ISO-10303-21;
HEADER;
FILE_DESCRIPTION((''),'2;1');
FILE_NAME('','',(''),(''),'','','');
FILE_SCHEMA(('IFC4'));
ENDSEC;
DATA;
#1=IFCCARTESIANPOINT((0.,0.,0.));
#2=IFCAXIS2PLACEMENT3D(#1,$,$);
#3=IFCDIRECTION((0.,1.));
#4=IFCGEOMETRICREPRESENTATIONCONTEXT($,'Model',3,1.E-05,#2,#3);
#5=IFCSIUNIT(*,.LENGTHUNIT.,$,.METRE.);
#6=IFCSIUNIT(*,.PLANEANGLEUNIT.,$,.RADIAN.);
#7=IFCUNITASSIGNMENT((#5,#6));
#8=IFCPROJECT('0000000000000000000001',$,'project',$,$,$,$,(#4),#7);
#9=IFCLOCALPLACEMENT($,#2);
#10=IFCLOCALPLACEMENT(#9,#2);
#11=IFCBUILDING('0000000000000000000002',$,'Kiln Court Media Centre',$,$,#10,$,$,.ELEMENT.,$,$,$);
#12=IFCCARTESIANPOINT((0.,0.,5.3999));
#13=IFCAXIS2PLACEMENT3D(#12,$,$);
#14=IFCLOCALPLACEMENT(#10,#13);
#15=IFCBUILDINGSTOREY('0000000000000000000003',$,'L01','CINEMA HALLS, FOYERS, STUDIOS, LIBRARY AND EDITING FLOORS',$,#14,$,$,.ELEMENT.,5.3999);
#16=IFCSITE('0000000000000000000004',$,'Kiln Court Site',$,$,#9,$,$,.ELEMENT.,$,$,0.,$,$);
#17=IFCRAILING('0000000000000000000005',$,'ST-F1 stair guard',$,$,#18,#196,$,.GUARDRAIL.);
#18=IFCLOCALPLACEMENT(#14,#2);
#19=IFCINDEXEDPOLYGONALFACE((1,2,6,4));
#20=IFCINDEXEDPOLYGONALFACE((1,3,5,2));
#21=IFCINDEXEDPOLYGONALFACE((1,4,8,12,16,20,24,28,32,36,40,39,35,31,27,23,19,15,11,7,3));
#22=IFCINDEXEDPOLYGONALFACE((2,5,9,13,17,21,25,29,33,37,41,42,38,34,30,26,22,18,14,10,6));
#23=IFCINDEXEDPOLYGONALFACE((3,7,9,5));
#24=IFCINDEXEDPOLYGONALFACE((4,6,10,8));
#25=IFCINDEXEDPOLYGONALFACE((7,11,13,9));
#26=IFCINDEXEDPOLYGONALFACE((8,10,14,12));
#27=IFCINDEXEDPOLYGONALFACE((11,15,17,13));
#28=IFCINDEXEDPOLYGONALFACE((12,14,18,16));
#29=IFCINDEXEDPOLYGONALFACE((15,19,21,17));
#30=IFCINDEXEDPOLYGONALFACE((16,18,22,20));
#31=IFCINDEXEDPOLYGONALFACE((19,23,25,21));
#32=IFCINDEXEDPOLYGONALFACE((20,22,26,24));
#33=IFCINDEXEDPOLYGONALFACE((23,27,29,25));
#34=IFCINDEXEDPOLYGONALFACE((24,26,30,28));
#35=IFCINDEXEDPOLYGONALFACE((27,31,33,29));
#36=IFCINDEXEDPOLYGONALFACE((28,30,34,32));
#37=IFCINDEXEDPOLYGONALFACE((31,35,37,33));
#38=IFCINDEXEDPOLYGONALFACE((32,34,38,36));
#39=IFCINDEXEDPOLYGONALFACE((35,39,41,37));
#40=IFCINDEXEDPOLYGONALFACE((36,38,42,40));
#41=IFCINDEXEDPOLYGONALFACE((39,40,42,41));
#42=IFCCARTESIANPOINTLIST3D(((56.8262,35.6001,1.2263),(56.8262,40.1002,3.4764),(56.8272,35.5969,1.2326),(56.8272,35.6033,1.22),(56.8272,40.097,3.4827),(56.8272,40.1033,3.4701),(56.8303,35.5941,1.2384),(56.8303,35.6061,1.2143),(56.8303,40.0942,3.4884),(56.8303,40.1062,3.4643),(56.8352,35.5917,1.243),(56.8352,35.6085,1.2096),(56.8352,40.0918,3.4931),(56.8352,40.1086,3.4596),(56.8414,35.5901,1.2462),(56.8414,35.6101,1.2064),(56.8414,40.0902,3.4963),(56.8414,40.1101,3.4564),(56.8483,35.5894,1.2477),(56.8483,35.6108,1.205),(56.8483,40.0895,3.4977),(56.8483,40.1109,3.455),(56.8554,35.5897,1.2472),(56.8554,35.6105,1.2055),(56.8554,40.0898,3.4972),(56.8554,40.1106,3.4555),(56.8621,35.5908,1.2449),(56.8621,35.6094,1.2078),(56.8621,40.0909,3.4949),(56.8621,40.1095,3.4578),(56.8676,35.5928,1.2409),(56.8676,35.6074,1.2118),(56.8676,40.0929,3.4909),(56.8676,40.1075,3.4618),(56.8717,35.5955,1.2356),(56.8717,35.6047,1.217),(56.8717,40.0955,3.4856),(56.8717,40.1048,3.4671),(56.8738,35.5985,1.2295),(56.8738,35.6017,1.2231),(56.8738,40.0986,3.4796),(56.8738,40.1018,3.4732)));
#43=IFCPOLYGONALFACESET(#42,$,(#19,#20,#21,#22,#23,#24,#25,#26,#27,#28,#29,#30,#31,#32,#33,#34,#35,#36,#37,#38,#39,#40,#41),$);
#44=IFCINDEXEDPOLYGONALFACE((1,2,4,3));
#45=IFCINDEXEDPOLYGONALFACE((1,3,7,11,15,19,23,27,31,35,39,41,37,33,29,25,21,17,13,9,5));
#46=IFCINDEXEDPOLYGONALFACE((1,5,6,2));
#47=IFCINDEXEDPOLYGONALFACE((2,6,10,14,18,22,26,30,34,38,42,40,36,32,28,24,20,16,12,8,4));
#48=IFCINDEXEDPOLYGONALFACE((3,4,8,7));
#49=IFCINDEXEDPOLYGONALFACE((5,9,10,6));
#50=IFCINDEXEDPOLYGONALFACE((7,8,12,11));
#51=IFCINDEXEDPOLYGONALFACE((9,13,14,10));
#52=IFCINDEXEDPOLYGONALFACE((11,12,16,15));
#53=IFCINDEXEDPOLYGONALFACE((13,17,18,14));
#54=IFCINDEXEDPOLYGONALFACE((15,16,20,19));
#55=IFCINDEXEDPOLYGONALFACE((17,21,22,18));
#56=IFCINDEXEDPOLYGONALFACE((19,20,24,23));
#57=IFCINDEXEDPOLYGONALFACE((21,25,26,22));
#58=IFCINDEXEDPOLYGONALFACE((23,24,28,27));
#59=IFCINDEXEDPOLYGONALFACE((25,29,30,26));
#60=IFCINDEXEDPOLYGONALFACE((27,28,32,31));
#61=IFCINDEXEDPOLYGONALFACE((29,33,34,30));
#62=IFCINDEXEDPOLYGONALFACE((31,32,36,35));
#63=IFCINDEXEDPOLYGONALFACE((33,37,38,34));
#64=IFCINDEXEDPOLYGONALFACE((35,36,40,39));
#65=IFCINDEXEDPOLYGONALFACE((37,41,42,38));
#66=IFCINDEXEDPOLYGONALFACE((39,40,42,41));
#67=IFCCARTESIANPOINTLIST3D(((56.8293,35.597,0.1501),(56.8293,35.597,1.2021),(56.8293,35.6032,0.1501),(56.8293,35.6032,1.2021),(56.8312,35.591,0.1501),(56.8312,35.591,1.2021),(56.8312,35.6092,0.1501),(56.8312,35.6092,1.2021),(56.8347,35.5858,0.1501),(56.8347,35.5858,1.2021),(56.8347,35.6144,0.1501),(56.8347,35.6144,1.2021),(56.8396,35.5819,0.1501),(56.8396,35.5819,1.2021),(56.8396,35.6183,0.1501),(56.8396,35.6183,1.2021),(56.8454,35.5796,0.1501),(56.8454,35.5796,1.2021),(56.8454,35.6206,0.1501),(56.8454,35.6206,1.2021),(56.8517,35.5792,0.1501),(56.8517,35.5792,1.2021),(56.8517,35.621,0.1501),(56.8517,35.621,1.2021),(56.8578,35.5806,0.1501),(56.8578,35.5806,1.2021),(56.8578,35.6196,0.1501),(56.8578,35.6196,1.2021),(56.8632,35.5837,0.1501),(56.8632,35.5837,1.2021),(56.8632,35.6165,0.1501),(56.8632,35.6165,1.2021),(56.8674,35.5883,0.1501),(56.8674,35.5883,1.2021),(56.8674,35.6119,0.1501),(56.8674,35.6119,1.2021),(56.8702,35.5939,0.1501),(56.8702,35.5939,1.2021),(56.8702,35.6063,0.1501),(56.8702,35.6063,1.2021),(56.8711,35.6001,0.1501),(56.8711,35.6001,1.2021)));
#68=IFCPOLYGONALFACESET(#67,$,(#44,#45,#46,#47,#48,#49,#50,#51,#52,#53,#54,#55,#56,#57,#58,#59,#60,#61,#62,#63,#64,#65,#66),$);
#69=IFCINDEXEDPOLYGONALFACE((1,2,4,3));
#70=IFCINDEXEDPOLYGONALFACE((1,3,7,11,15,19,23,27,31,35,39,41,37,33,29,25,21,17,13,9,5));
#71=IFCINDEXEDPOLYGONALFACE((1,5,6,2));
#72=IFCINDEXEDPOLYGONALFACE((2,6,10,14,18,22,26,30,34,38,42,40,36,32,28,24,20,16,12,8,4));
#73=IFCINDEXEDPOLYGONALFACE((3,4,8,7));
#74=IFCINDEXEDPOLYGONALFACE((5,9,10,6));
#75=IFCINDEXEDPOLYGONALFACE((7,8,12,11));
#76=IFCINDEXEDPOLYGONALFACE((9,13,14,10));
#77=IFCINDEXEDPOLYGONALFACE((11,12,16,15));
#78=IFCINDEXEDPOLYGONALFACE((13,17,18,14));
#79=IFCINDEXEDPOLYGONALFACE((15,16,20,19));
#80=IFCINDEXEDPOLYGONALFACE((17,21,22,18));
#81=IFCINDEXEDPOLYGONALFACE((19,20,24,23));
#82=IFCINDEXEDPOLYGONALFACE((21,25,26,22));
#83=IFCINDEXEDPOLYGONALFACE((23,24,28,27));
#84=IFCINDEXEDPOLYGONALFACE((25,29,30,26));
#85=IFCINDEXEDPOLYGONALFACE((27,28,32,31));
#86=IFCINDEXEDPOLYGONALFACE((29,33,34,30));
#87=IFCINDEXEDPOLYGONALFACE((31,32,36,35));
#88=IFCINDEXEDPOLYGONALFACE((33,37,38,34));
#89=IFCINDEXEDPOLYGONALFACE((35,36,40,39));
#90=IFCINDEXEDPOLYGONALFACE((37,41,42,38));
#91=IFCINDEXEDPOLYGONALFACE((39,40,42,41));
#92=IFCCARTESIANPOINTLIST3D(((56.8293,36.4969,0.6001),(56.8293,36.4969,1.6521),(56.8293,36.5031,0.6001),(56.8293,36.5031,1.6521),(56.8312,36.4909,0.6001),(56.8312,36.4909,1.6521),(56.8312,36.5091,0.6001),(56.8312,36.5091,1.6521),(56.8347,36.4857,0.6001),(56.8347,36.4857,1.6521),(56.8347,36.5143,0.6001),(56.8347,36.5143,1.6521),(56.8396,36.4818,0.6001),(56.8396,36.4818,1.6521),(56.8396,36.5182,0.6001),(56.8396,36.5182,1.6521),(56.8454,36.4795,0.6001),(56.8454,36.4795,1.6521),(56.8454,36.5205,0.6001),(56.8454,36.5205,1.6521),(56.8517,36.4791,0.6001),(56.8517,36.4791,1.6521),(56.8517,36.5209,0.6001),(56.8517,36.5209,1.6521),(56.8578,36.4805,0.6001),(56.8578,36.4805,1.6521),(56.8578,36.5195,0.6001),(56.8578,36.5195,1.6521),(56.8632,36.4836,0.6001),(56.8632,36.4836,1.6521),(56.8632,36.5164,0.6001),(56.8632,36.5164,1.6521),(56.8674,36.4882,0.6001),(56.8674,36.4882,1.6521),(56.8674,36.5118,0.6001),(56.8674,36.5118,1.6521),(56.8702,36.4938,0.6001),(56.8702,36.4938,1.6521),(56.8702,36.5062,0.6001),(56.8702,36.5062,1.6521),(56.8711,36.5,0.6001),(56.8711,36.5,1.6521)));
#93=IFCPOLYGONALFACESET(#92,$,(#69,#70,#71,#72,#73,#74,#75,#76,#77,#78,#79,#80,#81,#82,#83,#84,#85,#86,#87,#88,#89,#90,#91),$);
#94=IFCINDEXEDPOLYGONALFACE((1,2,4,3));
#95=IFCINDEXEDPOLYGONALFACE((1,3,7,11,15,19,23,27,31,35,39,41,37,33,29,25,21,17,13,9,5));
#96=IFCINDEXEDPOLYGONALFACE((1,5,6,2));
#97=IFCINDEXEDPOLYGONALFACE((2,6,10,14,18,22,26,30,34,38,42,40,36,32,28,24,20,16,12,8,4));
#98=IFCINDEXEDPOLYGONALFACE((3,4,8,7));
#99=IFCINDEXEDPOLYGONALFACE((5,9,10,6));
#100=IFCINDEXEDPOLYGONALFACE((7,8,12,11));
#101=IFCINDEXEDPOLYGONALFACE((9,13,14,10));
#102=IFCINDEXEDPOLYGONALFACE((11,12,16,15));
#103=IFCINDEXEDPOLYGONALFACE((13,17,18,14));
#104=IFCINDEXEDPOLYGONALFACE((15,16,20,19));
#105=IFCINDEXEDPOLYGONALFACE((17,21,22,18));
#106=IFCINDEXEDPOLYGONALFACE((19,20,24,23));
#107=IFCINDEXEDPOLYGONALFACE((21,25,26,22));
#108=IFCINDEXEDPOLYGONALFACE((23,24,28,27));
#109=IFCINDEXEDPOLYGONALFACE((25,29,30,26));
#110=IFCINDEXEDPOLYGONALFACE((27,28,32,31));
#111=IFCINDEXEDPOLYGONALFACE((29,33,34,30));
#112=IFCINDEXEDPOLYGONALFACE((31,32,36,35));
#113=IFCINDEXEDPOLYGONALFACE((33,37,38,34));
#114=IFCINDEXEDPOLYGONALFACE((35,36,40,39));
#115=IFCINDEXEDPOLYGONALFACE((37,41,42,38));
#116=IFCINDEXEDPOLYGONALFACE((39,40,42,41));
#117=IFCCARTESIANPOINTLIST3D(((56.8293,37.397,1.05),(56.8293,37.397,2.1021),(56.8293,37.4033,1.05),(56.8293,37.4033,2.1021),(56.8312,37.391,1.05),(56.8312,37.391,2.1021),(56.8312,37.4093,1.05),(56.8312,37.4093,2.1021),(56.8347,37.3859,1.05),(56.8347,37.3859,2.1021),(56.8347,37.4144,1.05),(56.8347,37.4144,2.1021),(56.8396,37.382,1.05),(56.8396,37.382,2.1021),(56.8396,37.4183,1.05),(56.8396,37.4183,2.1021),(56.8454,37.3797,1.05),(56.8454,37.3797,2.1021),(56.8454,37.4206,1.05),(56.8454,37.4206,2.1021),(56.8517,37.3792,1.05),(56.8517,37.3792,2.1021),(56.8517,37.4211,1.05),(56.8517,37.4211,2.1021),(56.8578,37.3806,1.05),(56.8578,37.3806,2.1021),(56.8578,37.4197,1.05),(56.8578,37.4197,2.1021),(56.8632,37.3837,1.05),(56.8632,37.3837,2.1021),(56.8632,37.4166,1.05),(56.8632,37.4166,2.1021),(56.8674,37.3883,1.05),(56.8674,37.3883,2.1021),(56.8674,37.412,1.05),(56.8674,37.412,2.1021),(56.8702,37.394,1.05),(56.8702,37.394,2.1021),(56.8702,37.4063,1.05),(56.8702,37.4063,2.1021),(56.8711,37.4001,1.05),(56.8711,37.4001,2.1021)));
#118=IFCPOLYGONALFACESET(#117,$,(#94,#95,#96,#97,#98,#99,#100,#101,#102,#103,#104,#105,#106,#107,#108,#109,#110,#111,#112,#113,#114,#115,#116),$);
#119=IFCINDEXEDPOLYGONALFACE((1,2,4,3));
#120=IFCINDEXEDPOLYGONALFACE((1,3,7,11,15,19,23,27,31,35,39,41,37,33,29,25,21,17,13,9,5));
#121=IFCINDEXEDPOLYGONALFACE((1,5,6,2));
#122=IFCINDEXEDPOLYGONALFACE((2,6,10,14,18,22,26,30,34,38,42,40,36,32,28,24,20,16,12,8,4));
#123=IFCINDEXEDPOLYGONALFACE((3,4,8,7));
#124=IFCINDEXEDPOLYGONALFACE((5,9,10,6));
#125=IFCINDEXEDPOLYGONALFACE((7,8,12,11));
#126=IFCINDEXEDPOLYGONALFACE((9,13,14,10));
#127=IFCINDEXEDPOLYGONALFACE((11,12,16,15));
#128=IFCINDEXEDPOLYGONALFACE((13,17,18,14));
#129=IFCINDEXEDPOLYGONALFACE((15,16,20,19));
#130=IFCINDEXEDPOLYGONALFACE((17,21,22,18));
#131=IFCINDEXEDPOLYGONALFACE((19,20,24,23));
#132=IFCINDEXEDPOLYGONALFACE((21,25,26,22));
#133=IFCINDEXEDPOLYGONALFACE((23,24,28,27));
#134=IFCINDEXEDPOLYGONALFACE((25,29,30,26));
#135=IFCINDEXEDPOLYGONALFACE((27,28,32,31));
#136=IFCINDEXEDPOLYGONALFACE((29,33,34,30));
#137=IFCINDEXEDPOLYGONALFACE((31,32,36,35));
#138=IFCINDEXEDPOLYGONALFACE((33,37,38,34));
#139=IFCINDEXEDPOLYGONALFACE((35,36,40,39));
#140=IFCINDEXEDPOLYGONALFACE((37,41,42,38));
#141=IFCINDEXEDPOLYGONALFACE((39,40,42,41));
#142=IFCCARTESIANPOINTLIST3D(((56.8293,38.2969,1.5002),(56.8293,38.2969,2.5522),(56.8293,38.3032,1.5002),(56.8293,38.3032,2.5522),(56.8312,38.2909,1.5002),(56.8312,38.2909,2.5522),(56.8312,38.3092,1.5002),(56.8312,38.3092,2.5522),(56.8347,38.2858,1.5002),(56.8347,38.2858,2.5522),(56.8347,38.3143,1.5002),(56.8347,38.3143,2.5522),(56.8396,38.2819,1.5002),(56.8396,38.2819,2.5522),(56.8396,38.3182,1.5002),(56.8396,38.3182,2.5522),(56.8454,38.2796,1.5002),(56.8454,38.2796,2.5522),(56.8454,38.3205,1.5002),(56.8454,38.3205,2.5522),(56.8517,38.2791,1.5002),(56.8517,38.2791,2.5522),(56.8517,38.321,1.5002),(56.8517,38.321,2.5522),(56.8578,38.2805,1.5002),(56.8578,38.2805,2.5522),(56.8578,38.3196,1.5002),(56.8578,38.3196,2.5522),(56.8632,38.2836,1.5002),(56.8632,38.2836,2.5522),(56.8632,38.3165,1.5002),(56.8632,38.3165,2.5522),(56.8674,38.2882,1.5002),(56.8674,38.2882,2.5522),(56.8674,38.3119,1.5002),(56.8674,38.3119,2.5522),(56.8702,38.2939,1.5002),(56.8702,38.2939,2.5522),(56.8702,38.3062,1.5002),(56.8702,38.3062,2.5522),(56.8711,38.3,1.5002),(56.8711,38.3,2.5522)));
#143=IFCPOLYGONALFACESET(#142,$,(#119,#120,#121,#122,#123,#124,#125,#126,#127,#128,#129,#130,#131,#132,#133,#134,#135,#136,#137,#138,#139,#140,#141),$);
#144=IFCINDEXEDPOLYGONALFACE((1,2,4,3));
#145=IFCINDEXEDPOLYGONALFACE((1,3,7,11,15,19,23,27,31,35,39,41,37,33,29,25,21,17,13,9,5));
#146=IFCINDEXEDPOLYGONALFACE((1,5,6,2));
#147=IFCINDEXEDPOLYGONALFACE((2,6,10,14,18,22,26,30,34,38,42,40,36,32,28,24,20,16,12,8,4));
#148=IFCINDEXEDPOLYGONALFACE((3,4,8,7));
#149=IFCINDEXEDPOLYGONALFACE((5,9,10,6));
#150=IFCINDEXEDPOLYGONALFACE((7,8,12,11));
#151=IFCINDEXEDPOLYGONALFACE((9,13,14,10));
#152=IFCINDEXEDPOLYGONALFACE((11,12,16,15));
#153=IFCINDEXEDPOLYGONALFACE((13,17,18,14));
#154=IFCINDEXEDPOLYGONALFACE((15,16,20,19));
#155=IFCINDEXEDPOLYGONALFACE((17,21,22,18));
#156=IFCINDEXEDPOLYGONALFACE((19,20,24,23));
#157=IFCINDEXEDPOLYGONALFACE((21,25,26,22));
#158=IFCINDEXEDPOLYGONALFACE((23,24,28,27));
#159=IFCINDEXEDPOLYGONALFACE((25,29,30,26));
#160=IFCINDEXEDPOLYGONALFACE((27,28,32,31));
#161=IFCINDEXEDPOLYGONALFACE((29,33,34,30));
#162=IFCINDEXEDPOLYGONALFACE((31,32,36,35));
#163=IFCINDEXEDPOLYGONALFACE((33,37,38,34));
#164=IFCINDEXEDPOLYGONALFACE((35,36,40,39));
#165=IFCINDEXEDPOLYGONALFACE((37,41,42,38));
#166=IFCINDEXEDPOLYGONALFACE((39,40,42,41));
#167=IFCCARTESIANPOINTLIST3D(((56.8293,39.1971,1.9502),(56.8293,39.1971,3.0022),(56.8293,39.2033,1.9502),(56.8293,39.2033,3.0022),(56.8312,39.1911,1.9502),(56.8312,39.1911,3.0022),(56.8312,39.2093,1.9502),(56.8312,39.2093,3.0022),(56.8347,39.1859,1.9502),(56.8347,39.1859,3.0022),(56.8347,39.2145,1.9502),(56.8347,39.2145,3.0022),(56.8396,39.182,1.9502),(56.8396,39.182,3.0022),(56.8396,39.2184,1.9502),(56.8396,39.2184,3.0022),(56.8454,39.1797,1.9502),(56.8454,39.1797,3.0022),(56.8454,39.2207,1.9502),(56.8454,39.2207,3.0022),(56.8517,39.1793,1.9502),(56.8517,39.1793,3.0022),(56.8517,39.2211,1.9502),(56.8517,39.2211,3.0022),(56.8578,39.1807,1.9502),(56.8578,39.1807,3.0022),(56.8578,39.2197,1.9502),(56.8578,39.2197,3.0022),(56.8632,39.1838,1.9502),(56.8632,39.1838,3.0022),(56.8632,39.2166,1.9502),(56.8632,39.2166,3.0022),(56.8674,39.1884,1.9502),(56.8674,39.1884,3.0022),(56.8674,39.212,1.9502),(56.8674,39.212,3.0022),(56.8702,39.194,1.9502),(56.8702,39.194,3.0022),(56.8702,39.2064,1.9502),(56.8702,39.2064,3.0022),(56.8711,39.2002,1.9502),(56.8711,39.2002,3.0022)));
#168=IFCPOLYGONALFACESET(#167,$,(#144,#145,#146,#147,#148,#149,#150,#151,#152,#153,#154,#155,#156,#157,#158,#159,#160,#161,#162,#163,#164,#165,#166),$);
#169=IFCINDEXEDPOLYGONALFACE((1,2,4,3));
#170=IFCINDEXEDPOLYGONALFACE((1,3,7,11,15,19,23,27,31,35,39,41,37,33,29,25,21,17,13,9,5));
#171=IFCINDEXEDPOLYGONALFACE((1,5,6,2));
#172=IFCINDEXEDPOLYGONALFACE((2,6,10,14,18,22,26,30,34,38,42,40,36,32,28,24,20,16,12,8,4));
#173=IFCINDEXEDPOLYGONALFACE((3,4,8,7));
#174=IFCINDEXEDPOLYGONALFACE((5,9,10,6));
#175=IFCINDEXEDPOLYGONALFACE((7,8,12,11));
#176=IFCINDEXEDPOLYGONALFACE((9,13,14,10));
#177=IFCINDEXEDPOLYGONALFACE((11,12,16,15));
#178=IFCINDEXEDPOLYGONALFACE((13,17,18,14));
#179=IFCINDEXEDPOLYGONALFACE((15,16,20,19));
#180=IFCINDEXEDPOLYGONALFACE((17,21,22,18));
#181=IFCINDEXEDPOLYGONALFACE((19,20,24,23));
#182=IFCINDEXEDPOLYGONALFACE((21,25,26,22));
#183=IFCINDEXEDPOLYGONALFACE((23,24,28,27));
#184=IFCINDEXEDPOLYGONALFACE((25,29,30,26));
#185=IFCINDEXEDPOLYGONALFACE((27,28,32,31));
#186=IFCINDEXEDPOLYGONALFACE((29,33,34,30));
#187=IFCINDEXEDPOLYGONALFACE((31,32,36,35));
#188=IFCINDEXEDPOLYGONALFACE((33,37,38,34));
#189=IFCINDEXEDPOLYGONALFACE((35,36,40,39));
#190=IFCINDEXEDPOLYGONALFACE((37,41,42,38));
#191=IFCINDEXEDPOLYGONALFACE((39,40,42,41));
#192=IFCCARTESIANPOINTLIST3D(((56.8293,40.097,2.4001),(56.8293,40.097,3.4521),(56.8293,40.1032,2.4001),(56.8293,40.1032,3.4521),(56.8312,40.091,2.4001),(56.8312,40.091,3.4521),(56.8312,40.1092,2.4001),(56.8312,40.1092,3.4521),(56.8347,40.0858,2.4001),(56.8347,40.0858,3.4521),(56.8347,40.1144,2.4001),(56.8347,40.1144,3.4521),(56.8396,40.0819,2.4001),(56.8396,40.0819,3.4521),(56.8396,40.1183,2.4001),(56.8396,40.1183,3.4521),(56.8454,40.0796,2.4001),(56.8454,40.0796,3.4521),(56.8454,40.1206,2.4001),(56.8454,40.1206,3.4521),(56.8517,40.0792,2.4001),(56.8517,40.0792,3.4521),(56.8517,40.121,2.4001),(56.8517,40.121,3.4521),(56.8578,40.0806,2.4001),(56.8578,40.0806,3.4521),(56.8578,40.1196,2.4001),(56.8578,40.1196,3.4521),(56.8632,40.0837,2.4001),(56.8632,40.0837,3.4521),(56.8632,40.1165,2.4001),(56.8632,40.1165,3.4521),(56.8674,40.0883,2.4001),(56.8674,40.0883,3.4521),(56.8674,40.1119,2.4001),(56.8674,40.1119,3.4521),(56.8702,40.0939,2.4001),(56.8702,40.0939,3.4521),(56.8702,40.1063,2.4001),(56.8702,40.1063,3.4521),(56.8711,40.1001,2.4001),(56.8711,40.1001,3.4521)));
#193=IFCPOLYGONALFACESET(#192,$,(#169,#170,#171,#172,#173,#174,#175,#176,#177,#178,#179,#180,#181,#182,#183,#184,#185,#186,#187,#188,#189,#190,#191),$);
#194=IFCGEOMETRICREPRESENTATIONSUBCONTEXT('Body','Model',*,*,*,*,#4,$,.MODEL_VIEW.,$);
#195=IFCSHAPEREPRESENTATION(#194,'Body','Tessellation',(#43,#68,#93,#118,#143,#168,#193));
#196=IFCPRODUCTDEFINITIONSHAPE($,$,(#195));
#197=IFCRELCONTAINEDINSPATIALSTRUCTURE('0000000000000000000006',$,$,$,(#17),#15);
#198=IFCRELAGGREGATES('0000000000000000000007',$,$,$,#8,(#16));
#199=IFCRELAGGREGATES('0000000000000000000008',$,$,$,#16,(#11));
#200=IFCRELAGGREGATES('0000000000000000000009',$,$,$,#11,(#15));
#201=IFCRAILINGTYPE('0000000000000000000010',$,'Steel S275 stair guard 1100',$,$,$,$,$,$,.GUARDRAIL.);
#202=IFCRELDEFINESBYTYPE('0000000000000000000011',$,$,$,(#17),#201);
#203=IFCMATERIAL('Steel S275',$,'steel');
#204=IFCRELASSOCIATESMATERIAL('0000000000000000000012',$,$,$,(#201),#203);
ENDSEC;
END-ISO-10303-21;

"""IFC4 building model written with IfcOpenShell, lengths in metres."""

from ifc_helpers import new_model, si_unit, direction, frame, origin, origin_2d, place, context, subcontext, project, spatial, circle, extrude, material, type_object, element, save


model = new_model("IFC4")

# Units and contexts
model_context = context("Model", 3, precision=1e-05, world=origin(), true_north=direction((0.0, 1.0)))
body_context = subcontext(model_context, "Body", "Model", "MODEL_VIEW")
ifc_project = project(units=[si_unit("LENGTHUNIT", "METRE"), si_unit("PLANEANGLEUNIT", "RADIAN")], contexts=[model_context])

# Site, building, storey
site_placement = place(None, origin())
site = spatial("IfcSite", under=ifc_project, at=site_placement, Name="Kiln Court Site", CompositionType="ELEMENT", RefElevation=0.0)
building_placement = place(site_placement, origin())
building = spatial("IfcBuilding", under=site, at=building_placement, Name="Kiln Court Media Centre", CompositionType="ELEMENT")
storey_placement = place(building_placement, frame((0.0, 0.0, 5.3999)))
storey = spatial("IfcBuildingStorey", under=building, at=storey_placement, Name="L01", Description="CINEMA HALLS, FOYERS, STUDIOS, LIBRARY AND EDITING FLOORS", CompositionType="ELEMENT", Elevation=5.3999)

# Railing
ifc_material_1 = material(Name="Steel S275", Category="steel")
railing_type_1 = type_object("IfcRailingType", Name="Steel S275 stair guard 1100", PredefinedType="GUARDRAIL", material=ifc_material_1)
railing_1_placement = place(storey_placement, frame((56.8501, 35.6001, 0.1501)))
element("IfcRailing", 1, at=railing_1_placement, inside=storey, type_object=railing_type_1, Name="ST-F1 stair guard", PredefinedType="GUARDRAIL", context=body_context, shape_type="SweptSolid", body=[
    extrude(circle(Radius=0.0239, at=origin_2d()), frame((0.0, 0.0, 1.0762), z_axis=(0.0, 0.894427, 0.447214), x_axis=(-1.0, 0.0, 0.0)), (0.0, 0.0, 1.0), 5.0312),
    extrude(circle(Radius=0.021, at=origin_2d()), origin(), (0.0, 0.0, 1.0), 1.052),
    extrude(circle(Radius=0.021, at=origin_2d()), frame((0.0, 0.8999, 0.45)), (0.0, 0.0, 1.0), 1.052),
    extrude(circle(Radius=0.021, at=origin_2d()), frame((0.0, 1.8, 0.8999)), (0.0, 0.0, 1.0), 1.052),
    extrude(circle(Radius=0.021, at=origin_2d()), frame((0.0, 2.7, 1.3501)), (0.0, 0.0, 1.0), 1.052),
    extrude(circle(Radius=0.021, at=origin_2d()), frame((0.0, 3.6001, 1.8)), (0.0, 0.0, 1.0), 1.052),
    extrude(circle(Radius=0.021, at=origin_2d()), frame((0.0, 4.5, 2.25)), (0.0, 0.0, 1.0), 1.052),
])

save(model, "model.ifc")
